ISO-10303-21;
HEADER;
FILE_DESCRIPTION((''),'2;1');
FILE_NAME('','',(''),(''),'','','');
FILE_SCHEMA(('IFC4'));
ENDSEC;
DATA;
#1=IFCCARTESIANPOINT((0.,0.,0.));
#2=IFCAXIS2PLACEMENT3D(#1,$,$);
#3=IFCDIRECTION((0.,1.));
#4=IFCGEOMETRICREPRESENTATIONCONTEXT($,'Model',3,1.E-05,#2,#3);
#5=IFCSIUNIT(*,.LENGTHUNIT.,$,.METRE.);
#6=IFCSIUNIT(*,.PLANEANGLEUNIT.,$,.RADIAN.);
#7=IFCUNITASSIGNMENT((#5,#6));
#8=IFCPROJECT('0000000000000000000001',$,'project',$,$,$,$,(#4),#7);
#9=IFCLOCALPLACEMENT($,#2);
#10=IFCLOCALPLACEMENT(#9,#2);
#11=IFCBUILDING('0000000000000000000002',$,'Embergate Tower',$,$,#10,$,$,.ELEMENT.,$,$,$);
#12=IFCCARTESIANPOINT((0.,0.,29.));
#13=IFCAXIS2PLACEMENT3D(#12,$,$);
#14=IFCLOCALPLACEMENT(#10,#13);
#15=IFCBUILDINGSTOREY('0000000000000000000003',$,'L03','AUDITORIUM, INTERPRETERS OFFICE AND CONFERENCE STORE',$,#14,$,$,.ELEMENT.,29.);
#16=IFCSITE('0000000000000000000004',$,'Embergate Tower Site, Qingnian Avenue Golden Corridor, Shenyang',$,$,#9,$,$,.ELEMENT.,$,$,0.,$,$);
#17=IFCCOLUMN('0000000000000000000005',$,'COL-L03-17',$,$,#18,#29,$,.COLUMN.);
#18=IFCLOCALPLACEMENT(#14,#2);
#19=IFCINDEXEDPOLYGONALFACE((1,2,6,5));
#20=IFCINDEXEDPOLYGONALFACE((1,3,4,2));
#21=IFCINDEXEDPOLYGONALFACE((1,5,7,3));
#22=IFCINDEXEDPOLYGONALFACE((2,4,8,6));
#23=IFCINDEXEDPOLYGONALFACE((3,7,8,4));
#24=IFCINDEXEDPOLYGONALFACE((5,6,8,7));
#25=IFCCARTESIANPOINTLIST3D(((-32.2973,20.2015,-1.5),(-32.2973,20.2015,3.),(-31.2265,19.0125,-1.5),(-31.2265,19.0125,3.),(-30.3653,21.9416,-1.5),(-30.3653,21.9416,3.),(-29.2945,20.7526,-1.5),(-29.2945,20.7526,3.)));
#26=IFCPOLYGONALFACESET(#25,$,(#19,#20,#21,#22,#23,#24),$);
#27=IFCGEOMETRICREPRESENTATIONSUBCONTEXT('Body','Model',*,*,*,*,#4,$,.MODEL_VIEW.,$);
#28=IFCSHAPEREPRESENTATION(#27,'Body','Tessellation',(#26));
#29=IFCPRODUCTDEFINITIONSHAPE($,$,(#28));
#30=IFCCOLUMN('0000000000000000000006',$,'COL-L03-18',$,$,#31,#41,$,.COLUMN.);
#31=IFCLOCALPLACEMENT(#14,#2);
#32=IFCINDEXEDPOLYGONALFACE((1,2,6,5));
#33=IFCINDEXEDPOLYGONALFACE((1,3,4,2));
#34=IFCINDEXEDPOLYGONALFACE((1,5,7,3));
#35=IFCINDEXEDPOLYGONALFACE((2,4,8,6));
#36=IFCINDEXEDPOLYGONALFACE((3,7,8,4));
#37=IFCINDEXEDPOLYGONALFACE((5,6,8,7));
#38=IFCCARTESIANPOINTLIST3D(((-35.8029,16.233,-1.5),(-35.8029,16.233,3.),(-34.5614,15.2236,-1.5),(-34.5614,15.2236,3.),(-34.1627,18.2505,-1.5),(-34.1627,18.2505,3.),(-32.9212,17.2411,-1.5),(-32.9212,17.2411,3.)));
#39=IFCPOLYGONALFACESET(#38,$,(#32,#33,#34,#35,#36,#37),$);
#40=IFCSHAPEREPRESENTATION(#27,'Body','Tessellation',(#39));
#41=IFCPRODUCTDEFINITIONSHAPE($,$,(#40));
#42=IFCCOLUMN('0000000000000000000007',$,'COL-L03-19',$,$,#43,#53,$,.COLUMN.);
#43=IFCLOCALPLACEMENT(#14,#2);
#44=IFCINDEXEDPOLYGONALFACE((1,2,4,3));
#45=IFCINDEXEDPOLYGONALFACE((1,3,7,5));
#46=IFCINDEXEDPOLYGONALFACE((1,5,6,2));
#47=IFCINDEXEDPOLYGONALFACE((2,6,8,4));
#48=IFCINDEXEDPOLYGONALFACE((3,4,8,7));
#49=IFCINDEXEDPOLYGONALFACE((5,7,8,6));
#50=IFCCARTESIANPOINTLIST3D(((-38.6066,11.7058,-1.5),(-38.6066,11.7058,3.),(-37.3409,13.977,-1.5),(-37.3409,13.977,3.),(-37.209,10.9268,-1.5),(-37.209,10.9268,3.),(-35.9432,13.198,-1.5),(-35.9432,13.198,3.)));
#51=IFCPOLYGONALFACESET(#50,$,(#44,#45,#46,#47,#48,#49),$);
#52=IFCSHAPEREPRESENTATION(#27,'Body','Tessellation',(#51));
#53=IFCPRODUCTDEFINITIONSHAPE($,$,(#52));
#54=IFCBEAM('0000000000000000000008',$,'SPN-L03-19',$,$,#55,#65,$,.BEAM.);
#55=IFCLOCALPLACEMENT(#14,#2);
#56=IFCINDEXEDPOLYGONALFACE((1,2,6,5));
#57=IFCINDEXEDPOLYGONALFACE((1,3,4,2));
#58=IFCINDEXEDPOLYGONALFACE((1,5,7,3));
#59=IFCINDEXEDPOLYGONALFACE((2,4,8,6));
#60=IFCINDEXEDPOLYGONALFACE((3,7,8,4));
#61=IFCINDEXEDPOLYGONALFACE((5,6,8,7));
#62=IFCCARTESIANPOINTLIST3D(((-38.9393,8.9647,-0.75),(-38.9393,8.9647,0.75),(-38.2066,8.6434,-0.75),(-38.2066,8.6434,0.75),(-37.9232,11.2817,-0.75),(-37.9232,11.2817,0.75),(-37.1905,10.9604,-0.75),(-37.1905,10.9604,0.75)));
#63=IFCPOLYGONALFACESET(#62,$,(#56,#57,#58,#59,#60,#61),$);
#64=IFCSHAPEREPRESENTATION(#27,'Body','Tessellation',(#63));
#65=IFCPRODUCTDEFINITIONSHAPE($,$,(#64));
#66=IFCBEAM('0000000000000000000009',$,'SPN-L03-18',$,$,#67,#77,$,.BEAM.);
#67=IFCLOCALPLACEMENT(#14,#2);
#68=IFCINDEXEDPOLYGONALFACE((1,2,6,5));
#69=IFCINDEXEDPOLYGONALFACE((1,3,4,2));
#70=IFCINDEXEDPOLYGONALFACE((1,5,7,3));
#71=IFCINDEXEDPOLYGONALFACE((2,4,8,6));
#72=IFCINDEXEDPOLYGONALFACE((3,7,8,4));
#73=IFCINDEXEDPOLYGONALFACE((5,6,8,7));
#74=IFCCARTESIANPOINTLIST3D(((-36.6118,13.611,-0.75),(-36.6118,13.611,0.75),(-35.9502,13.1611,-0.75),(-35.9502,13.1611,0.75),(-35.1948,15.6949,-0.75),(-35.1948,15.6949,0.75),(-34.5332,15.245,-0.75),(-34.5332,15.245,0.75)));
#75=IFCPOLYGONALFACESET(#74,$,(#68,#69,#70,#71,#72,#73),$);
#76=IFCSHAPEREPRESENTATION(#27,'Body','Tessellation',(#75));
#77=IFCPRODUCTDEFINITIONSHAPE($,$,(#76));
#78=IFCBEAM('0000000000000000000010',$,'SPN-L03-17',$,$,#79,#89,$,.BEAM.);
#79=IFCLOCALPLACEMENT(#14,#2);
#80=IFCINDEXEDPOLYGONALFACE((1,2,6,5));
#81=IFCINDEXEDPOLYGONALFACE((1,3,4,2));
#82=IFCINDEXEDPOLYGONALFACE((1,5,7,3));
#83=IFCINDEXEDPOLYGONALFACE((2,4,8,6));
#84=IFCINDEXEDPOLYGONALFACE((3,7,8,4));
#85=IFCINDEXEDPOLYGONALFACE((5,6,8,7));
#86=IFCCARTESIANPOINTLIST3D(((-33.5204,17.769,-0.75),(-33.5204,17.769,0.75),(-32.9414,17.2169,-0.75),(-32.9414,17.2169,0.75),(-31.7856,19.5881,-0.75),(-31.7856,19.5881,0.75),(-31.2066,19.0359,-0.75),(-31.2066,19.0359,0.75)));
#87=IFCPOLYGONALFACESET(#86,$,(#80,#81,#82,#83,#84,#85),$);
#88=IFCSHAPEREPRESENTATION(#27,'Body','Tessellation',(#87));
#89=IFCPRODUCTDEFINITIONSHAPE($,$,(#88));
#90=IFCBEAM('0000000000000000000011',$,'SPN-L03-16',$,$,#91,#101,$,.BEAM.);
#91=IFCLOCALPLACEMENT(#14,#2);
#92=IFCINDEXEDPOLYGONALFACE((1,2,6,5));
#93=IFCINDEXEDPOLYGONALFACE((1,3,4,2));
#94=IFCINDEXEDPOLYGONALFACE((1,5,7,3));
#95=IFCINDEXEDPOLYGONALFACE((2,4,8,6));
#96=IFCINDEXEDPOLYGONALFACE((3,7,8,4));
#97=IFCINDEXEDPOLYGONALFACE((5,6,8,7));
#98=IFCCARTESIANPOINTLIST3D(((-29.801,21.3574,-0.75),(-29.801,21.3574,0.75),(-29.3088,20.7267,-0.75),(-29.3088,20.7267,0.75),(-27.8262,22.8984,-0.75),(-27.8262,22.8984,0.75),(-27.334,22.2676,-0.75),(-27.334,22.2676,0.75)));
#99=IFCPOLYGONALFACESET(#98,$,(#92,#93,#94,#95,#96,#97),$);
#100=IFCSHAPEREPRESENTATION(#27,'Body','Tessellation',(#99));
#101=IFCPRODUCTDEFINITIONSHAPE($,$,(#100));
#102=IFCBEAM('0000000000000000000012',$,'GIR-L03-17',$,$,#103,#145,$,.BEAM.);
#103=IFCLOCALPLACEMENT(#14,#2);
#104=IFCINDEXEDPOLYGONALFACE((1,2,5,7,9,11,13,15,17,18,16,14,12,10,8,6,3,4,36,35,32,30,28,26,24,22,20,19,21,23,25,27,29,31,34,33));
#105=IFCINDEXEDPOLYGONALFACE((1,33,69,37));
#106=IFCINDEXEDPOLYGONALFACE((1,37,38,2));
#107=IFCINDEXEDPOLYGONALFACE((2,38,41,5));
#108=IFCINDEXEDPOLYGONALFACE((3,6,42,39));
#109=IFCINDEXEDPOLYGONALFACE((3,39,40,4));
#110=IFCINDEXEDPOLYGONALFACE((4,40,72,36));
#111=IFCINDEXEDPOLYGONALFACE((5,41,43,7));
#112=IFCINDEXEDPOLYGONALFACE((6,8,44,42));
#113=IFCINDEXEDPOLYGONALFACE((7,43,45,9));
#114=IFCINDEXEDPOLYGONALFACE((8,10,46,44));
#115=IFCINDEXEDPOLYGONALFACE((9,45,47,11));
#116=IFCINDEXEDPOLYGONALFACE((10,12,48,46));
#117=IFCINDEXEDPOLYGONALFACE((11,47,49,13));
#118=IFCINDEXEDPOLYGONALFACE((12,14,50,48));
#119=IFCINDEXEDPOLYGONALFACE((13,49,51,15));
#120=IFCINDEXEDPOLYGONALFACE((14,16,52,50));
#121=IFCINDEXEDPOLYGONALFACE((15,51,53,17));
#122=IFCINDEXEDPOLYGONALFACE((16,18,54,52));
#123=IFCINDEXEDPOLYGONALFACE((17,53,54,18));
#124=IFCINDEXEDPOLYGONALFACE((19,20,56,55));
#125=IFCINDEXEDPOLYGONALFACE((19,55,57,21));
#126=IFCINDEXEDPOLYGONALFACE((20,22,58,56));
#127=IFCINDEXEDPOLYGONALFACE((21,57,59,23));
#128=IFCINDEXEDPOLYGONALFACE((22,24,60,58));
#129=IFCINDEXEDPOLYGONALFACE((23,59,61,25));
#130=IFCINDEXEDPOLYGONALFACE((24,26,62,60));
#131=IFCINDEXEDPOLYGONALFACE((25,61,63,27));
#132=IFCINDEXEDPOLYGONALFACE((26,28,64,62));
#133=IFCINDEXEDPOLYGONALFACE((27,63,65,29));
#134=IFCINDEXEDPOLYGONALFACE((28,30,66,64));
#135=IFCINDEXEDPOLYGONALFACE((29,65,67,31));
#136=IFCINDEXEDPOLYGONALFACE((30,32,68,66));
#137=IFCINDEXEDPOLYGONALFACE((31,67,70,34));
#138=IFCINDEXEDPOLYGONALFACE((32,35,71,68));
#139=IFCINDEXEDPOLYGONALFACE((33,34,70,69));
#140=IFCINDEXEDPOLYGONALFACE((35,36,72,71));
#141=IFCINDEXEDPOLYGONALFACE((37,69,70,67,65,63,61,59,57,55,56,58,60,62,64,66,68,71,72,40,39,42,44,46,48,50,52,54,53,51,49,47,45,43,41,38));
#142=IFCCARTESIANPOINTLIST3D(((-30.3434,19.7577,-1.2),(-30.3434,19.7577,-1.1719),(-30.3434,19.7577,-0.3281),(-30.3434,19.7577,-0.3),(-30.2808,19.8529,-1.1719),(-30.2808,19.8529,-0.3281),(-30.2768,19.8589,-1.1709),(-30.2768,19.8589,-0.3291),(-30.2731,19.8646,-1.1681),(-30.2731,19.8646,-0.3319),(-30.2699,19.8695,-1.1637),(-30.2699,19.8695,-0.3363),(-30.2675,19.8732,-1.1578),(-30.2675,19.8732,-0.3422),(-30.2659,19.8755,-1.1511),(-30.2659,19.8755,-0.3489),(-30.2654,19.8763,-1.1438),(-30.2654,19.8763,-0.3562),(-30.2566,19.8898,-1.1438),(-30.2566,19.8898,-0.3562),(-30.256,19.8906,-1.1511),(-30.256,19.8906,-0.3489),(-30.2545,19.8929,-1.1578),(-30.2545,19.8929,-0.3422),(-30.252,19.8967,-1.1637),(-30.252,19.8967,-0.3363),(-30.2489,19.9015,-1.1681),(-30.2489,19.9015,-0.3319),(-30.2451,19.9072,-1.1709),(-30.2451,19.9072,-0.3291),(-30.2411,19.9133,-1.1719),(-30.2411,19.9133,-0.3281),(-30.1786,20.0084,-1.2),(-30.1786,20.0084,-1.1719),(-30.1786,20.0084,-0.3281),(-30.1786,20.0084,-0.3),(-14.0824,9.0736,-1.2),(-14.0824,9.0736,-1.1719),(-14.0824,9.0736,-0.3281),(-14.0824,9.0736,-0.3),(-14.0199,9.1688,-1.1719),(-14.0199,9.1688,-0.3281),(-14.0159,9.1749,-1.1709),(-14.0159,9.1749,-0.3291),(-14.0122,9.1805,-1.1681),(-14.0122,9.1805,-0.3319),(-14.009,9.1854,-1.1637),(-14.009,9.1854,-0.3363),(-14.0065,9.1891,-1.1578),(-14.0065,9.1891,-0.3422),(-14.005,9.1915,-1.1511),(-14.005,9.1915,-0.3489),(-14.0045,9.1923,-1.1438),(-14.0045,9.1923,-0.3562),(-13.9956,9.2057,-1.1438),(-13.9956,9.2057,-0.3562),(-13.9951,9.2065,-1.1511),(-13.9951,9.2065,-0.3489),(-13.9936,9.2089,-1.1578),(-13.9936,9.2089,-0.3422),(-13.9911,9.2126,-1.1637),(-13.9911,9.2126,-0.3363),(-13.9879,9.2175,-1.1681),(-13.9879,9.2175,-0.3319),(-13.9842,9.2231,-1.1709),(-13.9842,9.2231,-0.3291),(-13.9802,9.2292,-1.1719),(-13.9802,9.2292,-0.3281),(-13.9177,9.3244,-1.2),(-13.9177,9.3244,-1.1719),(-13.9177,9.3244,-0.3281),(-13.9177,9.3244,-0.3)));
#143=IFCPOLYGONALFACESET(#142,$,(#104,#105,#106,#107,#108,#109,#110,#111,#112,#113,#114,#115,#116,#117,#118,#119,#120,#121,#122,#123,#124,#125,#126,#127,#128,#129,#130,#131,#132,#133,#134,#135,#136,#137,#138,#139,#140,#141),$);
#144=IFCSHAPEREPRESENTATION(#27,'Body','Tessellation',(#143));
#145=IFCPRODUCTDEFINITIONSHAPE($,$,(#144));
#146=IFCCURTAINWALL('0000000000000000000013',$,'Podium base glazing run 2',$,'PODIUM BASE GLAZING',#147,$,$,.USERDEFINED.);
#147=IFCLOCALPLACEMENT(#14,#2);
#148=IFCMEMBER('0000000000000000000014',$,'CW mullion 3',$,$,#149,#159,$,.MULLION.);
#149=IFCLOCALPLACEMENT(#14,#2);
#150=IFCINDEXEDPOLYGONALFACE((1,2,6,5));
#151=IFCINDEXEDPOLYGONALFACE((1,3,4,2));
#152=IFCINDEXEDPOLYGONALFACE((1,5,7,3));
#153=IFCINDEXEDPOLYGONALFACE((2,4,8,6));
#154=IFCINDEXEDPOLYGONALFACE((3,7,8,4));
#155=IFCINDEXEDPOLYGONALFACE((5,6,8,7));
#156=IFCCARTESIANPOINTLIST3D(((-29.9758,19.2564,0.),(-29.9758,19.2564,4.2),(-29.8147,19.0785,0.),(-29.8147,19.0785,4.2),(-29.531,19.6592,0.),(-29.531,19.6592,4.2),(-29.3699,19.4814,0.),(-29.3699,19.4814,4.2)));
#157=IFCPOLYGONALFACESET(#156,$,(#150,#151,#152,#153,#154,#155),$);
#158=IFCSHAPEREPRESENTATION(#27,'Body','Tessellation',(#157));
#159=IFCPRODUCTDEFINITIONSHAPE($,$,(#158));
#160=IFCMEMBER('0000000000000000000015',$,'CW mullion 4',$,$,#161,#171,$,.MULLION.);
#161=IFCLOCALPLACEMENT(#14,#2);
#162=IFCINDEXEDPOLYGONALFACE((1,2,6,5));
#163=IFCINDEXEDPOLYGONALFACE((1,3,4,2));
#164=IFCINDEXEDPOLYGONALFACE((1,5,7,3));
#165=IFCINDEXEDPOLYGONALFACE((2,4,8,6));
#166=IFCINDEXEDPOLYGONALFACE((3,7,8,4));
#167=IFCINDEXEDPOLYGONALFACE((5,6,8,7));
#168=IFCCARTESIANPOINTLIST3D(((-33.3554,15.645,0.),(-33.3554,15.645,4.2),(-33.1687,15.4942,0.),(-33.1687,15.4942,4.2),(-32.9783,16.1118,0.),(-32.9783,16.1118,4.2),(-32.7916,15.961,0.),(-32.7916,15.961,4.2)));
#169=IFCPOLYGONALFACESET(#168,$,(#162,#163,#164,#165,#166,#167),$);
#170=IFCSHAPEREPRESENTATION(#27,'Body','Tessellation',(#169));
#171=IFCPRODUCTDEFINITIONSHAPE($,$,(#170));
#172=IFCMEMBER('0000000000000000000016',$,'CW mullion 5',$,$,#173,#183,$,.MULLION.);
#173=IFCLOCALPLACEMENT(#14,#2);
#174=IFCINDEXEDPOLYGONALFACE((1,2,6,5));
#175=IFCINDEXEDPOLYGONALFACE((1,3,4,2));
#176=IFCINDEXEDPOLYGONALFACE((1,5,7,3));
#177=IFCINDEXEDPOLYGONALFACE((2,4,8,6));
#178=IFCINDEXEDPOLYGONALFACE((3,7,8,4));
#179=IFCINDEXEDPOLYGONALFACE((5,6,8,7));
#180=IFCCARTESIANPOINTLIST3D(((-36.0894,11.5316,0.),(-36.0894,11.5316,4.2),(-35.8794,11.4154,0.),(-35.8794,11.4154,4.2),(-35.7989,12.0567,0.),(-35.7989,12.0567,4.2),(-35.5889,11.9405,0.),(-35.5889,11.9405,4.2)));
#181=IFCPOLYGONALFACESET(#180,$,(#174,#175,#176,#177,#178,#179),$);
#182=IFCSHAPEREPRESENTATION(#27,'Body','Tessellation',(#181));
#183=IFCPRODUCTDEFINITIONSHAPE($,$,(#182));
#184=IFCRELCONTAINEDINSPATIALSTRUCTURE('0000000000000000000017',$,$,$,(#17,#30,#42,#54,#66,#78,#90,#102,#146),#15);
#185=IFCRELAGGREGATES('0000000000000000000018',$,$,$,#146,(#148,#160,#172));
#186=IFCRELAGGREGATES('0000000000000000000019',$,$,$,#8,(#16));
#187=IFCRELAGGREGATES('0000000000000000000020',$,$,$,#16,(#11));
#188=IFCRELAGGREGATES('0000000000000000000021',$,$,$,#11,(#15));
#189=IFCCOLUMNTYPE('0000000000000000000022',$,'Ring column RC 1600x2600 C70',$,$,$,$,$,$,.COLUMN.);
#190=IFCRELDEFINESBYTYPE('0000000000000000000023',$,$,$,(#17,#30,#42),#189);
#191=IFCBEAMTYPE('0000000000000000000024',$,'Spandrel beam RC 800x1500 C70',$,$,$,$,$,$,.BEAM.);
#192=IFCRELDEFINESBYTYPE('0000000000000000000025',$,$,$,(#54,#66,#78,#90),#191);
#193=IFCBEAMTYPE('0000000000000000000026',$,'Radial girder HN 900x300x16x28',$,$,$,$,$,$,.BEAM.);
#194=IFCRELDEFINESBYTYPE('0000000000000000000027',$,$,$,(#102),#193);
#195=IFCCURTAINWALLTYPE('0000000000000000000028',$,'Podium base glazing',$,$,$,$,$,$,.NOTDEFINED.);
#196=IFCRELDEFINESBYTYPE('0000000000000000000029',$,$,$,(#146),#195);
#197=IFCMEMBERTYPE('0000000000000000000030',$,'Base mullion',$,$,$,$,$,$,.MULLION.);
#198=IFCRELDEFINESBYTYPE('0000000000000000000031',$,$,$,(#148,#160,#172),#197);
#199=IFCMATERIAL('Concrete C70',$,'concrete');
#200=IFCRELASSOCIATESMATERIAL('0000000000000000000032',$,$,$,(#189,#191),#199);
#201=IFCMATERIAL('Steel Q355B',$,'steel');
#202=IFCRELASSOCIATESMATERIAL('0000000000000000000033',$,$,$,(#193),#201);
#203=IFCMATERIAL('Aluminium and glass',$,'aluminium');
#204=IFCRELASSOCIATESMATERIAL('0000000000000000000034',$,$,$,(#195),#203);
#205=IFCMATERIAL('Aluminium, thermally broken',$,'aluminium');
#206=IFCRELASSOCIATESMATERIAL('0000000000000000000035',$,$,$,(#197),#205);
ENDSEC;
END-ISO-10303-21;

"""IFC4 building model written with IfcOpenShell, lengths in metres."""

from ifc_helpers import new_model, si_unit, direction, frame, origin, origin_2d, place, context, subcontext, project, spatial, rectangle, i_section, extrude, source, transform, mapped, material, material_profile, profile_set, type_object, element, aggregate, save


model = new_model("IFC4")

# Units and contexts
model_context = context("Model", 3, precision=1e-05, world=origin(), true_north=direction((0.0, 1.0)))
body_context = subcontext(model_context, "Body", "Model", "MODEL_VIEW")
ifc_project = project(units=[si_unit("LENGTHUNIT", "METRE"), si_unit("PLANEANGLEUNIT", "RADIAN")], contexts=[model_context])

# Site, building, storey
site_placement = place(None, origin())
site = spatial("IfcSite", under=ifc_project, at=site_placement, Name="Embergate Tower Site, Qingnian Avenue Golden Corridor, Shenyang", CompositionType="ELEMENT", RefElevation=0.0)
building_placement = place(site_placement, origin())
building = spatial("IfcBuilding", under=site, at=building_placement, Name="Embergate Tower", CompositionType="ELEMENT")
storey_placement = place(building_placement, frame((0.0, 0.0, 29.0)))
storey = spatial("IfcBuildingStorey", under=building, at=storey_placement, Name="L03", Description="AUDITORIUM, INTERPRETERS OFFICE AND CONFERENCE STORE", CompositionType="ELEMENT", Elevation=29.0)

# Columns
ifc_material_1 = material(Name="Concrete C70", Category="concrete")
ifc_material_profile_1 = material_profile(ifc_material_1, rectangle(XDim=1.6001, YDim=2.6001, at=origin_2d()), Name="RC 1600x2600")
ifc_profile_set_1 = profile_set([ifc_material_profile_1], Name="Concrete C70")
column_type = type_object("IfcColumnType", Name="Ring column RC 1600x2600 C70", PredefinedType="COLUMN", material=ifc_profile_set_1)
shared_shape_1 = source(origin(), body_context, "Body", "SweptSolid", [
    extrude(rectangle(XDim=1.6001, YDim=2.6001, at=origin_2d()), origin(), (0.0, 0.0, 1.0), 4.5),
])
for number, where, z_axis, x_axis, name in (
    (1, (-30.7959, 20.4771, -1.5), (0.0, 0.0, 1.0), (-0.669221, 0.743063, 0.0), "COL-L03-17"),
    (2, (-34.3621, 16.7371, -1.5), (0.0, 0.0, 1.0), (-0.775925, 0.630825, 0.0), "COL-L03-18"),
    (3, (-37.2749, 12.4519, -1.5), (0.0, 0.0, 1.0), (-0.8735, 0.486823, 0.0), "COL-L03-19"),
):
    element("IfcColumn", number, at=place(storey_placement, frame(where, z_axis=z_axis, x_axis=x_axis)), inside=storey, type_object=column_type, Name=name, PredefinedType="COLUMN", context=body_context, shape_type="MappedRepresentation", body=[
        mapped(shared_shape_1, transform((0.0, 0.0, 0.0))),
    ])

# Beams
ifc_material_profile_2 = material_profile(ifc_material_1, rectangle(XDim=0.8, YDim=1.5, at=origin_2d()), Name="RC 800x1500")
ifc_profile_set_2 = profile_set([ifc_material_profile_2], Name="Concrete C70")
beam_type_1 = type_object("IfcBeamType", Name="Spandrel beam RC 800x1500 C70", PredefinedType="BEAM", material=ifc_profile_set_2)
shared_shape_2 = source(origin(), body_context, "Body", "SweptSolid", [
    extrude(rectangle(XDim=0.8, YDim=1.5, at=origin_2d()), origin(), (0.0, 0.0, 1.0), 2.53),
])
beam_1_placement = place(storey_placement, frame((-37.5569, 11.1211, 0.0), z_axis=(-0.401603, -0.915814, 0.0), x_axis=(0.915814, -0.401603, 0.0)))
element("IfcBeam", 4, at=beam_1_placement, inside=storey, type_object=beam_type_1, Name="SPN-L03-19", PredefinedType="BEAM", context=body_context, shape_type="MappedRepresentation", body=[
    mapped(shared_shape_2, transform((0.0, 0.0, 0.0))),
])
shared_shape_3 = source(origin(), body_context, "Body", "SweptSolid", [
    extrude(rectangle(XDim=0.8, YDim=1.5, at=origin_2d()), origin(), (0.0, 0.0, 1.0), 2.52),
])
beam_2_placement = place(storey_placement, frame((-34.864, 15.47, 0.0), z_axis=(-0.562278, -0.826948, 0.0), x_axis=(0.826948, -0.562278, 0.0)))
element("IfcBeam", 5, at=beam_2_placement, inside=storey, type_object=beam_type_1, Name="SPN-L03-18", PredefinedType="BEAM", context=body_context, shape_type="MappedRepresentation", body=[
    mapped(shared_shape_3, transform((0.0, 0.0, 0.0))),
])
shared_shape_4 = source(origin(), body_context, "Body", "SweptSolid", [
    extrude(rectangle(XDim=0.8, YDim=1.5, at=origin_2d()), origin(), (0.0, 0.0, 1.0), 2.5137),
])
beam_3_placement = place(storey_placement, frame((-31.4961, 19.312, 0.0), z_axis=(-0.690155, -0.723662, 0.0), x_axis=(0.723662, -0.690155, 0.0)))
element("IfcBeam", 6, at=beam_3_placement, inside=storey, type_object=beam_type_1, Name="SPN-L03-17", PredefinedType="BEAM", context=body_context, shape_type="MappedRepresentation", body=[
    mapped(shared_shape_4, transform((0.0, 0.0, 0.0))),
])
shared_shape_5 = source(origin(), body_context, "Body", "SweptSolid", [
    extrude(rectangle(XDim=0.8, YDim=1.5, at=origin_2d()), origin(), (0.0, 0.0, 1.0), 2.5049),
])
beam_4_placement = place(storey_placement, frame((-27.5801, 22.583, 0.0), z_axis=(-0.78838, -0.615188, 0.0), x_axis=(0.615188, -0.78838, 0.0)))
element("IfcBeam", 7, at=beam_4_placement, inside=storey, type_object=beam_type_1, Name="SPN-L03-16", PredefinedType="BEAM", context=body_context, shape_type="MappedRepresentation", body=[
    mapped(shared_shape_5, transform((0.0, 0.0, 0.0))),
])
ifc_material_2 = material(Name="Steel Q355B", Category="steel")
ifc_material_profile_3 = material_profile(ifc_material_2, i_section(OverallWidth=0.3, OverallDepth=0.8999, WebThickness=0.0161, FlangeThickness=0.0281, FilletRadius=0.0281, at=origin_2d()), Name="HN 900x300x16x28")
ifc_profile_set_3 = profile_set([ifc_material_profile_3], Name="Steel Q355 grade B")
beam_type_2 = type_object("IfcBeamType", Name="Radial girder HN 900x300x16x28", PredefinedType="BEAM", material=ifc_profile_set_3)
shared_shape_6 = source(origin(), body_context, "Body", "SweptSolid", [
    extrude(i_section(OverallWidth=0.3, OverallDepth=0.8999, WebThickness=0.0161, FlangeThickness=0.0281, FilletRadius=0.0281, at=origin_2d()), origin(), (0.0, 0.0, 1.0), 19.4568),
])
beam_5_placement = place(storey_placement, frame((-30.261, 19.8831, -0.75), z_axis=(0.835746, -0.549117, 0.0), x_axis=(0.549117, 0.835746, 0.0)))
element("IfcBeam", 8, at=beam_5_placement, inside=storey, type_object=beam_type_2, Name="GIR-L03-17", PredefinedType="BEAM", context=body_context, shape_type="MappedRepresentation", body=[
    mapped(shared_shape_6, transform((0.0, 0.0, 0.0))),
])

# Curtain wall, members
ifc_material_3 = material(Name="Aluminium and glass", Category="aluminium")
curtain_wall_type = type_object("IfcCurtainWallType", Name="Podium base glazing", PredefinedType="NOTDEFINED", material=ifc_material_3)
curtain_wall_placement = place(storey_placement, origin())
curtain_wall = element("IfcCurtainWall", 9, at=curtain_wall_placement, inside=storey, type_object=curtain_wall_type, Name="Podium base glazing run 2", ObjectType="PODIUM BASE GLAZING", PredefinedType="USERDEFINED")
ifc_material_4 = material(Name="Aluminium, thermally broken", Category="aluminium")
ifc_material_profile_4 = material_profile(ifc_material_4, rectangle(XDim=0.24, YDim=0.6001, at=origin_2d()), Name="AL 600x240")
ifc_profile_set_4 = profile_set([ifc_material_profile_4], Name="Aluminium, thermally broken")
member_type = type_object("IfcMemberType", Name="Base mullion", PredefinedType="MULLION", material=ifc_profile_set_4)
shared_shape_7 = source(origin(), body_context, "Body", "SweptSolid", [
    extrude(rectangle(XDim=0.24, YDim=0.6001, at=origin_2d()), origin(), (0.0, 0.0, 1.0), 4.2),
])
member_1_placement = place(storey_placement, frame((-29.6729, 19.3689, 0.0), z_axis=(0.0, 0.0, 1.0), x_axis=(0.671236, -0.741244, 0.0)))
member_1 = element("IfcMember", 10, at=member_1_placement, type_object=member_type, Name="CW mullion 3", PredefinedType="MULLION", context=body_context, shape_type="MappedRepresentation", body=[
    mapped(shared_shape_7, transform((0.0, 0.0, 0.0))),
])
member_2_placement = place(storey_placement, frame((-33.0735, 15.803, 0.0), z_axis=(0.0, 0.0, 1.0), x_axis=(0.77788, -0.628413, 0.0)))
member_2 = element("IfcMember", 11, at=member_2_placement, type_object=member_type, Name="CW mullion 4", PredefinedType="MULLION", context=body_context, shape_type="MappedRepresentation", body=[
    mapped(shared_shape_7, transform((0.0, 0.0, 0.0))),
])
member_3_placement = place(storey_placement, frame((-35.8391, 11.7361, 0.0), z_axis=(0.0, 0.0, 1.0), x_axis=(0.875007, -0.48411, 0.0)))
member_3 = element("IfcMember", 12, at=member_3_placement, type_object=member_type, Name="CW mullion 5", PredefinedType="MULLION", context=body_context, shape_type="MappedRepresentation", body=[
    mapped(shared_shape_7, transform((0.0, 0.0, 0.0))),
])
aggregate(curtain_wall, [member_1, member_2, member_3])

save(model, "model.ifc")
